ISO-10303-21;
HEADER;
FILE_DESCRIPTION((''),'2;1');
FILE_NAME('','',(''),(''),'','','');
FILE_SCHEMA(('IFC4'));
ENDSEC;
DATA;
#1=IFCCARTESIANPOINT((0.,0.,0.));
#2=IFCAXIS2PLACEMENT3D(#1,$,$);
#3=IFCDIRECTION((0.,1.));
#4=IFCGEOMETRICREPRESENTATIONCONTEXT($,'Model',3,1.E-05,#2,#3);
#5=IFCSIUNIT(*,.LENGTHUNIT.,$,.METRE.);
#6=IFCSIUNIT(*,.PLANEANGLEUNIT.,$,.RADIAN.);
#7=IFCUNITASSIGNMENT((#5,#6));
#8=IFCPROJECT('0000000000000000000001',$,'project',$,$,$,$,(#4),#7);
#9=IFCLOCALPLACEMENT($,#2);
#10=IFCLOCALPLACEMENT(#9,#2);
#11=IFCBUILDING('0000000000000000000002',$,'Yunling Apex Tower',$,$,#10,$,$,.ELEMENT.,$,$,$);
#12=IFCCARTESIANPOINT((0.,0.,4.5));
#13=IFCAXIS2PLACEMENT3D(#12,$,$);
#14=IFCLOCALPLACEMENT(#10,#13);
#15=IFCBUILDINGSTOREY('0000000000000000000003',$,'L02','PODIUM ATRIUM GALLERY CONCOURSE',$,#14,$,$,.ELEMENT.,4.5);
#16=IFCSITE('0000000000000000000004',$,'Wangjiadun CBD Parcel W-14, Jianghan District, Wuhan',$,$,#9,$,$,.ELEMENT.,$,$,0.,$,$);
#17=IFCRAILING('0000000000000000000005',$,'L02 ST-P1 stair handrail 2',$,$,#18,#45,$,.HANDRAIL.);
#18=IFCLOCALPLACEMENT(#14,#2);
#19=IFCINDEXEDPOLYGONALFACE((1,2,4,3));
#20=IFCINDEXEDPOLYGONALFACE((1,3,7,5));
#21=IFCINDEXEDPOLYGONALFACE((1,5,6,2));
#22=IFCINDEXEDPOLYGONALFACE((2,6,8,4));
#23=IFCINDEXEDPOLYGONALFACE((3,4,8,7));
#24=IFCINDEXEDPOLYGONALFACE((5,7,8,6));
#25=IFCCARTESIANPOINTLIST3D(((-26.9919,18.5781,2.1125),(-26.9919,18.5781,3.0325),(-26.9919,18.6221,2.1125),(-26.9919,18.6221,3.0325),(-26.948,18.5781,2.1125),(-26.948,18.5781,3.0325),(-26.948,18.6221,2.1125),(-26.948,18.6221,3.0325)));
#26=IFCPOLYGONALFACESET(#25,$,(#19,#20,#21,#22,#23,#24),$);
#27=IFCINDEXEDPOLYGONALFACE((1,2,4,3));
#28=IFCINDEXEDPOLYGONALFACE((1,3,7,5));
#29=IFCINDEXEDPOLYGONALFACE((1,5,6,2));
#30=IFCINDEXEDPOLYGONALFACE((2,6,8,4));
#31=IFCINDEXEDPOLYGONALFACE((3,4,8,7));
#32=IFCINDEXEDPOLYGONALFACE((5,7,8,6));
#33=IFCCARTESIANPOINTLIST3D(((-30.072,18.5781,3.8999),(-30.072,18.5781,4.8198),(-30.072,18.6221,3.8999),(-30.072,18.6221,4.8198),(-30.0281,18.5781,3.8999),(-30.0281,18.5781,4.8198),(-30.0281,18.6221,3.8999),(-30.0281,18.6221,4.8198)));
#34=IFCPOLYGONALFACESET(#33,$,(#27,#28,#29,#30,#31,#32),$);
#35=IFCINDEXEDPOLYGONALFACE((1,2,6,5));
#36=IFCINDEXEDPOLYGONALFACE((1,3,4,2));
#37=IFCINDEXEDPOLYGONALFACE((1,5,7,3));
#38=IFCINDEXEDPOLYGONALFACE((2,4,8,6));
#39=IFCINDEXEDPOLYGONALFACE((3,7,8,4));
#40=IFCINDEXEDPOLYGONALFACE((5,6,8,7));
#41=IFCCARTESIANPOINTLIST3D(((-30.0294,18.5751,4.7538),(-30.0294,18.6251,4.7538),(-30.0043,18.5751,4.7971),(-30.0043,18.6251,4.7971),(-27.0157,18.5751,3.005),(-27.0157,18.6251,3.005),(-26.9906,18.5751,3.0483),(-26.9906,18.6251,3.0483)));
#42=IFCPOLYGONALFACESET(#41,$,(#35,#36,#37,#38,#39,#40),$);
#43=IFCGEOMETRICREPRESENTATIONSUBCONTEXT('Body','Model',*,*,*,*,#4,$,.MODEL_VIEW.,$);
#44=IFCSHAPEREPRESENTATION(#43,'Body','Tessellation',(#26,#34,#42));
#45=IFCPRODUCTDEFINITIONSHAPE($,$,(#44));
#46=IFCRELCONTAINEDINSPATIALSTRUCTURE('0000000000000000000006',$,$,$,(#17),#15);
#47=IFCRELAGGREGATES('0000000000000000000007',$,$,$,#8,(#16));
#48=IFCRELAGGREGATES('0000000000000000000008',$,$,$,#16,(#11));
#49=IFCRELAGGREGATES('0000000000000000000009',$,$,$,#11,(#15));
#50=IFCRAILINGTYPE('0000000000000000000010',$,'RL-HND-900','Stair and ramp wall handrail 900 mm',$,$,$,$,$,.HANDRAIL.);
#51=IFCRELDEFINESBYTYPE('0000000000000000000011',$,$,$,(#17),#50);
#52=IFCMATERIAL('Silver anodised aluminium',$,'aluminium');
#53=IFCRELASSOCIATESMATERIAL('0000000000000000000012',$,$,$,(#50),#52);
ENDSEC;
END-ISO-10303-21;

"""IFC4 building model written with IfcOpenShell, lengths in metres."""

from ifc_helpers import new_model, si_unit, direction, frame, origin, origin_2d, place, context, subcontext, project, spatial, rectangle, extrude, material, type_object, element, save


model = new_model("IFC4")

# Units and contexts
model_context = context("Model", 3, precision=1e-05, world=origin(), true_north=direction((0.0, 1.0)))
body_context = subcontext(model_context, "Body", "Model", "MODEL_VIEW")
ifc_project = project(units=[si_unit("LENGTHUNIT", "METRE"), si_unit("PLANEANGLEUNIT", "RADIAN")], contexts=[model_context])

# Site, building, storey
site_placement = place(None, origin())
site = spatial("IfcSite", under=ifc_project, at=site_placement, Name="Wangjiadun CBD Parcel W-14, Jianghan District, Wuhan", CompositionType="ELEMENT", RefElevation=0.0)
building_placement = place(site_placement, origin())
building = spatial("IfcBuilding", under=site, at=building_placement, Name="Yunling Apex Tower", CompositionType="ELEMENT")
storey_placement = place(building_placement, frame((0.0, 0.0, 4.5)))
storey = spatial("IfcBuildingStorey", under=building, at=storey_placement, Name="L02", Description="PODIUM ATRIUM GALLERY CONCOURSE", CompositionType="ELEMENT", Elevation=4.5)

# Railing
ifc_material_1 = material(Name="Silver anodised aluminium", Category="aluminium")
railing_type_1 = type_object("IfcRailingType", Name="RL-HND-900", Description="Stair and ramp wall handrail 900 mm", PredefinedType="HANDRAIL", material=ifc_material_1)
railing_1_placement = place(storey_placement, frame((-26.97, 18.6001, 2.1125)))
element("IfcRailing", 1, at=railing_1_placement, inside=storey, type_object=railing_type_1, Name="L02 ST-P1 stair handrail 2", PredefinedType="HANDRAIL", context=body_context, shape_type="SweptSolid", body=[
    extrude(rectangle(XDim=0.0439, YDim=0.0439, at=origin_2d()), origin(), (0.0, 0.0, 1.0), 0.9199),
    extrude(rectangle(XDim=0.0439, YDim=0.0439, at=origin_2d()), frame((-3.0801, 0.0, 1.7874)), (0.0, 0.0, 1.0), 0.9199),
    extrude(rectangle(XDim=0.05, YDim=0.05, at=origin_2d()), frame((-0.0332, 0.0, 0.9141), z_axis=(-0.86492, 0.0, 0.501909), x_axis=(0.0, -1.0, 0.0)), (0.0, 0.0, 1.0), 3.4844),
])

save(model, "model.ifc")
